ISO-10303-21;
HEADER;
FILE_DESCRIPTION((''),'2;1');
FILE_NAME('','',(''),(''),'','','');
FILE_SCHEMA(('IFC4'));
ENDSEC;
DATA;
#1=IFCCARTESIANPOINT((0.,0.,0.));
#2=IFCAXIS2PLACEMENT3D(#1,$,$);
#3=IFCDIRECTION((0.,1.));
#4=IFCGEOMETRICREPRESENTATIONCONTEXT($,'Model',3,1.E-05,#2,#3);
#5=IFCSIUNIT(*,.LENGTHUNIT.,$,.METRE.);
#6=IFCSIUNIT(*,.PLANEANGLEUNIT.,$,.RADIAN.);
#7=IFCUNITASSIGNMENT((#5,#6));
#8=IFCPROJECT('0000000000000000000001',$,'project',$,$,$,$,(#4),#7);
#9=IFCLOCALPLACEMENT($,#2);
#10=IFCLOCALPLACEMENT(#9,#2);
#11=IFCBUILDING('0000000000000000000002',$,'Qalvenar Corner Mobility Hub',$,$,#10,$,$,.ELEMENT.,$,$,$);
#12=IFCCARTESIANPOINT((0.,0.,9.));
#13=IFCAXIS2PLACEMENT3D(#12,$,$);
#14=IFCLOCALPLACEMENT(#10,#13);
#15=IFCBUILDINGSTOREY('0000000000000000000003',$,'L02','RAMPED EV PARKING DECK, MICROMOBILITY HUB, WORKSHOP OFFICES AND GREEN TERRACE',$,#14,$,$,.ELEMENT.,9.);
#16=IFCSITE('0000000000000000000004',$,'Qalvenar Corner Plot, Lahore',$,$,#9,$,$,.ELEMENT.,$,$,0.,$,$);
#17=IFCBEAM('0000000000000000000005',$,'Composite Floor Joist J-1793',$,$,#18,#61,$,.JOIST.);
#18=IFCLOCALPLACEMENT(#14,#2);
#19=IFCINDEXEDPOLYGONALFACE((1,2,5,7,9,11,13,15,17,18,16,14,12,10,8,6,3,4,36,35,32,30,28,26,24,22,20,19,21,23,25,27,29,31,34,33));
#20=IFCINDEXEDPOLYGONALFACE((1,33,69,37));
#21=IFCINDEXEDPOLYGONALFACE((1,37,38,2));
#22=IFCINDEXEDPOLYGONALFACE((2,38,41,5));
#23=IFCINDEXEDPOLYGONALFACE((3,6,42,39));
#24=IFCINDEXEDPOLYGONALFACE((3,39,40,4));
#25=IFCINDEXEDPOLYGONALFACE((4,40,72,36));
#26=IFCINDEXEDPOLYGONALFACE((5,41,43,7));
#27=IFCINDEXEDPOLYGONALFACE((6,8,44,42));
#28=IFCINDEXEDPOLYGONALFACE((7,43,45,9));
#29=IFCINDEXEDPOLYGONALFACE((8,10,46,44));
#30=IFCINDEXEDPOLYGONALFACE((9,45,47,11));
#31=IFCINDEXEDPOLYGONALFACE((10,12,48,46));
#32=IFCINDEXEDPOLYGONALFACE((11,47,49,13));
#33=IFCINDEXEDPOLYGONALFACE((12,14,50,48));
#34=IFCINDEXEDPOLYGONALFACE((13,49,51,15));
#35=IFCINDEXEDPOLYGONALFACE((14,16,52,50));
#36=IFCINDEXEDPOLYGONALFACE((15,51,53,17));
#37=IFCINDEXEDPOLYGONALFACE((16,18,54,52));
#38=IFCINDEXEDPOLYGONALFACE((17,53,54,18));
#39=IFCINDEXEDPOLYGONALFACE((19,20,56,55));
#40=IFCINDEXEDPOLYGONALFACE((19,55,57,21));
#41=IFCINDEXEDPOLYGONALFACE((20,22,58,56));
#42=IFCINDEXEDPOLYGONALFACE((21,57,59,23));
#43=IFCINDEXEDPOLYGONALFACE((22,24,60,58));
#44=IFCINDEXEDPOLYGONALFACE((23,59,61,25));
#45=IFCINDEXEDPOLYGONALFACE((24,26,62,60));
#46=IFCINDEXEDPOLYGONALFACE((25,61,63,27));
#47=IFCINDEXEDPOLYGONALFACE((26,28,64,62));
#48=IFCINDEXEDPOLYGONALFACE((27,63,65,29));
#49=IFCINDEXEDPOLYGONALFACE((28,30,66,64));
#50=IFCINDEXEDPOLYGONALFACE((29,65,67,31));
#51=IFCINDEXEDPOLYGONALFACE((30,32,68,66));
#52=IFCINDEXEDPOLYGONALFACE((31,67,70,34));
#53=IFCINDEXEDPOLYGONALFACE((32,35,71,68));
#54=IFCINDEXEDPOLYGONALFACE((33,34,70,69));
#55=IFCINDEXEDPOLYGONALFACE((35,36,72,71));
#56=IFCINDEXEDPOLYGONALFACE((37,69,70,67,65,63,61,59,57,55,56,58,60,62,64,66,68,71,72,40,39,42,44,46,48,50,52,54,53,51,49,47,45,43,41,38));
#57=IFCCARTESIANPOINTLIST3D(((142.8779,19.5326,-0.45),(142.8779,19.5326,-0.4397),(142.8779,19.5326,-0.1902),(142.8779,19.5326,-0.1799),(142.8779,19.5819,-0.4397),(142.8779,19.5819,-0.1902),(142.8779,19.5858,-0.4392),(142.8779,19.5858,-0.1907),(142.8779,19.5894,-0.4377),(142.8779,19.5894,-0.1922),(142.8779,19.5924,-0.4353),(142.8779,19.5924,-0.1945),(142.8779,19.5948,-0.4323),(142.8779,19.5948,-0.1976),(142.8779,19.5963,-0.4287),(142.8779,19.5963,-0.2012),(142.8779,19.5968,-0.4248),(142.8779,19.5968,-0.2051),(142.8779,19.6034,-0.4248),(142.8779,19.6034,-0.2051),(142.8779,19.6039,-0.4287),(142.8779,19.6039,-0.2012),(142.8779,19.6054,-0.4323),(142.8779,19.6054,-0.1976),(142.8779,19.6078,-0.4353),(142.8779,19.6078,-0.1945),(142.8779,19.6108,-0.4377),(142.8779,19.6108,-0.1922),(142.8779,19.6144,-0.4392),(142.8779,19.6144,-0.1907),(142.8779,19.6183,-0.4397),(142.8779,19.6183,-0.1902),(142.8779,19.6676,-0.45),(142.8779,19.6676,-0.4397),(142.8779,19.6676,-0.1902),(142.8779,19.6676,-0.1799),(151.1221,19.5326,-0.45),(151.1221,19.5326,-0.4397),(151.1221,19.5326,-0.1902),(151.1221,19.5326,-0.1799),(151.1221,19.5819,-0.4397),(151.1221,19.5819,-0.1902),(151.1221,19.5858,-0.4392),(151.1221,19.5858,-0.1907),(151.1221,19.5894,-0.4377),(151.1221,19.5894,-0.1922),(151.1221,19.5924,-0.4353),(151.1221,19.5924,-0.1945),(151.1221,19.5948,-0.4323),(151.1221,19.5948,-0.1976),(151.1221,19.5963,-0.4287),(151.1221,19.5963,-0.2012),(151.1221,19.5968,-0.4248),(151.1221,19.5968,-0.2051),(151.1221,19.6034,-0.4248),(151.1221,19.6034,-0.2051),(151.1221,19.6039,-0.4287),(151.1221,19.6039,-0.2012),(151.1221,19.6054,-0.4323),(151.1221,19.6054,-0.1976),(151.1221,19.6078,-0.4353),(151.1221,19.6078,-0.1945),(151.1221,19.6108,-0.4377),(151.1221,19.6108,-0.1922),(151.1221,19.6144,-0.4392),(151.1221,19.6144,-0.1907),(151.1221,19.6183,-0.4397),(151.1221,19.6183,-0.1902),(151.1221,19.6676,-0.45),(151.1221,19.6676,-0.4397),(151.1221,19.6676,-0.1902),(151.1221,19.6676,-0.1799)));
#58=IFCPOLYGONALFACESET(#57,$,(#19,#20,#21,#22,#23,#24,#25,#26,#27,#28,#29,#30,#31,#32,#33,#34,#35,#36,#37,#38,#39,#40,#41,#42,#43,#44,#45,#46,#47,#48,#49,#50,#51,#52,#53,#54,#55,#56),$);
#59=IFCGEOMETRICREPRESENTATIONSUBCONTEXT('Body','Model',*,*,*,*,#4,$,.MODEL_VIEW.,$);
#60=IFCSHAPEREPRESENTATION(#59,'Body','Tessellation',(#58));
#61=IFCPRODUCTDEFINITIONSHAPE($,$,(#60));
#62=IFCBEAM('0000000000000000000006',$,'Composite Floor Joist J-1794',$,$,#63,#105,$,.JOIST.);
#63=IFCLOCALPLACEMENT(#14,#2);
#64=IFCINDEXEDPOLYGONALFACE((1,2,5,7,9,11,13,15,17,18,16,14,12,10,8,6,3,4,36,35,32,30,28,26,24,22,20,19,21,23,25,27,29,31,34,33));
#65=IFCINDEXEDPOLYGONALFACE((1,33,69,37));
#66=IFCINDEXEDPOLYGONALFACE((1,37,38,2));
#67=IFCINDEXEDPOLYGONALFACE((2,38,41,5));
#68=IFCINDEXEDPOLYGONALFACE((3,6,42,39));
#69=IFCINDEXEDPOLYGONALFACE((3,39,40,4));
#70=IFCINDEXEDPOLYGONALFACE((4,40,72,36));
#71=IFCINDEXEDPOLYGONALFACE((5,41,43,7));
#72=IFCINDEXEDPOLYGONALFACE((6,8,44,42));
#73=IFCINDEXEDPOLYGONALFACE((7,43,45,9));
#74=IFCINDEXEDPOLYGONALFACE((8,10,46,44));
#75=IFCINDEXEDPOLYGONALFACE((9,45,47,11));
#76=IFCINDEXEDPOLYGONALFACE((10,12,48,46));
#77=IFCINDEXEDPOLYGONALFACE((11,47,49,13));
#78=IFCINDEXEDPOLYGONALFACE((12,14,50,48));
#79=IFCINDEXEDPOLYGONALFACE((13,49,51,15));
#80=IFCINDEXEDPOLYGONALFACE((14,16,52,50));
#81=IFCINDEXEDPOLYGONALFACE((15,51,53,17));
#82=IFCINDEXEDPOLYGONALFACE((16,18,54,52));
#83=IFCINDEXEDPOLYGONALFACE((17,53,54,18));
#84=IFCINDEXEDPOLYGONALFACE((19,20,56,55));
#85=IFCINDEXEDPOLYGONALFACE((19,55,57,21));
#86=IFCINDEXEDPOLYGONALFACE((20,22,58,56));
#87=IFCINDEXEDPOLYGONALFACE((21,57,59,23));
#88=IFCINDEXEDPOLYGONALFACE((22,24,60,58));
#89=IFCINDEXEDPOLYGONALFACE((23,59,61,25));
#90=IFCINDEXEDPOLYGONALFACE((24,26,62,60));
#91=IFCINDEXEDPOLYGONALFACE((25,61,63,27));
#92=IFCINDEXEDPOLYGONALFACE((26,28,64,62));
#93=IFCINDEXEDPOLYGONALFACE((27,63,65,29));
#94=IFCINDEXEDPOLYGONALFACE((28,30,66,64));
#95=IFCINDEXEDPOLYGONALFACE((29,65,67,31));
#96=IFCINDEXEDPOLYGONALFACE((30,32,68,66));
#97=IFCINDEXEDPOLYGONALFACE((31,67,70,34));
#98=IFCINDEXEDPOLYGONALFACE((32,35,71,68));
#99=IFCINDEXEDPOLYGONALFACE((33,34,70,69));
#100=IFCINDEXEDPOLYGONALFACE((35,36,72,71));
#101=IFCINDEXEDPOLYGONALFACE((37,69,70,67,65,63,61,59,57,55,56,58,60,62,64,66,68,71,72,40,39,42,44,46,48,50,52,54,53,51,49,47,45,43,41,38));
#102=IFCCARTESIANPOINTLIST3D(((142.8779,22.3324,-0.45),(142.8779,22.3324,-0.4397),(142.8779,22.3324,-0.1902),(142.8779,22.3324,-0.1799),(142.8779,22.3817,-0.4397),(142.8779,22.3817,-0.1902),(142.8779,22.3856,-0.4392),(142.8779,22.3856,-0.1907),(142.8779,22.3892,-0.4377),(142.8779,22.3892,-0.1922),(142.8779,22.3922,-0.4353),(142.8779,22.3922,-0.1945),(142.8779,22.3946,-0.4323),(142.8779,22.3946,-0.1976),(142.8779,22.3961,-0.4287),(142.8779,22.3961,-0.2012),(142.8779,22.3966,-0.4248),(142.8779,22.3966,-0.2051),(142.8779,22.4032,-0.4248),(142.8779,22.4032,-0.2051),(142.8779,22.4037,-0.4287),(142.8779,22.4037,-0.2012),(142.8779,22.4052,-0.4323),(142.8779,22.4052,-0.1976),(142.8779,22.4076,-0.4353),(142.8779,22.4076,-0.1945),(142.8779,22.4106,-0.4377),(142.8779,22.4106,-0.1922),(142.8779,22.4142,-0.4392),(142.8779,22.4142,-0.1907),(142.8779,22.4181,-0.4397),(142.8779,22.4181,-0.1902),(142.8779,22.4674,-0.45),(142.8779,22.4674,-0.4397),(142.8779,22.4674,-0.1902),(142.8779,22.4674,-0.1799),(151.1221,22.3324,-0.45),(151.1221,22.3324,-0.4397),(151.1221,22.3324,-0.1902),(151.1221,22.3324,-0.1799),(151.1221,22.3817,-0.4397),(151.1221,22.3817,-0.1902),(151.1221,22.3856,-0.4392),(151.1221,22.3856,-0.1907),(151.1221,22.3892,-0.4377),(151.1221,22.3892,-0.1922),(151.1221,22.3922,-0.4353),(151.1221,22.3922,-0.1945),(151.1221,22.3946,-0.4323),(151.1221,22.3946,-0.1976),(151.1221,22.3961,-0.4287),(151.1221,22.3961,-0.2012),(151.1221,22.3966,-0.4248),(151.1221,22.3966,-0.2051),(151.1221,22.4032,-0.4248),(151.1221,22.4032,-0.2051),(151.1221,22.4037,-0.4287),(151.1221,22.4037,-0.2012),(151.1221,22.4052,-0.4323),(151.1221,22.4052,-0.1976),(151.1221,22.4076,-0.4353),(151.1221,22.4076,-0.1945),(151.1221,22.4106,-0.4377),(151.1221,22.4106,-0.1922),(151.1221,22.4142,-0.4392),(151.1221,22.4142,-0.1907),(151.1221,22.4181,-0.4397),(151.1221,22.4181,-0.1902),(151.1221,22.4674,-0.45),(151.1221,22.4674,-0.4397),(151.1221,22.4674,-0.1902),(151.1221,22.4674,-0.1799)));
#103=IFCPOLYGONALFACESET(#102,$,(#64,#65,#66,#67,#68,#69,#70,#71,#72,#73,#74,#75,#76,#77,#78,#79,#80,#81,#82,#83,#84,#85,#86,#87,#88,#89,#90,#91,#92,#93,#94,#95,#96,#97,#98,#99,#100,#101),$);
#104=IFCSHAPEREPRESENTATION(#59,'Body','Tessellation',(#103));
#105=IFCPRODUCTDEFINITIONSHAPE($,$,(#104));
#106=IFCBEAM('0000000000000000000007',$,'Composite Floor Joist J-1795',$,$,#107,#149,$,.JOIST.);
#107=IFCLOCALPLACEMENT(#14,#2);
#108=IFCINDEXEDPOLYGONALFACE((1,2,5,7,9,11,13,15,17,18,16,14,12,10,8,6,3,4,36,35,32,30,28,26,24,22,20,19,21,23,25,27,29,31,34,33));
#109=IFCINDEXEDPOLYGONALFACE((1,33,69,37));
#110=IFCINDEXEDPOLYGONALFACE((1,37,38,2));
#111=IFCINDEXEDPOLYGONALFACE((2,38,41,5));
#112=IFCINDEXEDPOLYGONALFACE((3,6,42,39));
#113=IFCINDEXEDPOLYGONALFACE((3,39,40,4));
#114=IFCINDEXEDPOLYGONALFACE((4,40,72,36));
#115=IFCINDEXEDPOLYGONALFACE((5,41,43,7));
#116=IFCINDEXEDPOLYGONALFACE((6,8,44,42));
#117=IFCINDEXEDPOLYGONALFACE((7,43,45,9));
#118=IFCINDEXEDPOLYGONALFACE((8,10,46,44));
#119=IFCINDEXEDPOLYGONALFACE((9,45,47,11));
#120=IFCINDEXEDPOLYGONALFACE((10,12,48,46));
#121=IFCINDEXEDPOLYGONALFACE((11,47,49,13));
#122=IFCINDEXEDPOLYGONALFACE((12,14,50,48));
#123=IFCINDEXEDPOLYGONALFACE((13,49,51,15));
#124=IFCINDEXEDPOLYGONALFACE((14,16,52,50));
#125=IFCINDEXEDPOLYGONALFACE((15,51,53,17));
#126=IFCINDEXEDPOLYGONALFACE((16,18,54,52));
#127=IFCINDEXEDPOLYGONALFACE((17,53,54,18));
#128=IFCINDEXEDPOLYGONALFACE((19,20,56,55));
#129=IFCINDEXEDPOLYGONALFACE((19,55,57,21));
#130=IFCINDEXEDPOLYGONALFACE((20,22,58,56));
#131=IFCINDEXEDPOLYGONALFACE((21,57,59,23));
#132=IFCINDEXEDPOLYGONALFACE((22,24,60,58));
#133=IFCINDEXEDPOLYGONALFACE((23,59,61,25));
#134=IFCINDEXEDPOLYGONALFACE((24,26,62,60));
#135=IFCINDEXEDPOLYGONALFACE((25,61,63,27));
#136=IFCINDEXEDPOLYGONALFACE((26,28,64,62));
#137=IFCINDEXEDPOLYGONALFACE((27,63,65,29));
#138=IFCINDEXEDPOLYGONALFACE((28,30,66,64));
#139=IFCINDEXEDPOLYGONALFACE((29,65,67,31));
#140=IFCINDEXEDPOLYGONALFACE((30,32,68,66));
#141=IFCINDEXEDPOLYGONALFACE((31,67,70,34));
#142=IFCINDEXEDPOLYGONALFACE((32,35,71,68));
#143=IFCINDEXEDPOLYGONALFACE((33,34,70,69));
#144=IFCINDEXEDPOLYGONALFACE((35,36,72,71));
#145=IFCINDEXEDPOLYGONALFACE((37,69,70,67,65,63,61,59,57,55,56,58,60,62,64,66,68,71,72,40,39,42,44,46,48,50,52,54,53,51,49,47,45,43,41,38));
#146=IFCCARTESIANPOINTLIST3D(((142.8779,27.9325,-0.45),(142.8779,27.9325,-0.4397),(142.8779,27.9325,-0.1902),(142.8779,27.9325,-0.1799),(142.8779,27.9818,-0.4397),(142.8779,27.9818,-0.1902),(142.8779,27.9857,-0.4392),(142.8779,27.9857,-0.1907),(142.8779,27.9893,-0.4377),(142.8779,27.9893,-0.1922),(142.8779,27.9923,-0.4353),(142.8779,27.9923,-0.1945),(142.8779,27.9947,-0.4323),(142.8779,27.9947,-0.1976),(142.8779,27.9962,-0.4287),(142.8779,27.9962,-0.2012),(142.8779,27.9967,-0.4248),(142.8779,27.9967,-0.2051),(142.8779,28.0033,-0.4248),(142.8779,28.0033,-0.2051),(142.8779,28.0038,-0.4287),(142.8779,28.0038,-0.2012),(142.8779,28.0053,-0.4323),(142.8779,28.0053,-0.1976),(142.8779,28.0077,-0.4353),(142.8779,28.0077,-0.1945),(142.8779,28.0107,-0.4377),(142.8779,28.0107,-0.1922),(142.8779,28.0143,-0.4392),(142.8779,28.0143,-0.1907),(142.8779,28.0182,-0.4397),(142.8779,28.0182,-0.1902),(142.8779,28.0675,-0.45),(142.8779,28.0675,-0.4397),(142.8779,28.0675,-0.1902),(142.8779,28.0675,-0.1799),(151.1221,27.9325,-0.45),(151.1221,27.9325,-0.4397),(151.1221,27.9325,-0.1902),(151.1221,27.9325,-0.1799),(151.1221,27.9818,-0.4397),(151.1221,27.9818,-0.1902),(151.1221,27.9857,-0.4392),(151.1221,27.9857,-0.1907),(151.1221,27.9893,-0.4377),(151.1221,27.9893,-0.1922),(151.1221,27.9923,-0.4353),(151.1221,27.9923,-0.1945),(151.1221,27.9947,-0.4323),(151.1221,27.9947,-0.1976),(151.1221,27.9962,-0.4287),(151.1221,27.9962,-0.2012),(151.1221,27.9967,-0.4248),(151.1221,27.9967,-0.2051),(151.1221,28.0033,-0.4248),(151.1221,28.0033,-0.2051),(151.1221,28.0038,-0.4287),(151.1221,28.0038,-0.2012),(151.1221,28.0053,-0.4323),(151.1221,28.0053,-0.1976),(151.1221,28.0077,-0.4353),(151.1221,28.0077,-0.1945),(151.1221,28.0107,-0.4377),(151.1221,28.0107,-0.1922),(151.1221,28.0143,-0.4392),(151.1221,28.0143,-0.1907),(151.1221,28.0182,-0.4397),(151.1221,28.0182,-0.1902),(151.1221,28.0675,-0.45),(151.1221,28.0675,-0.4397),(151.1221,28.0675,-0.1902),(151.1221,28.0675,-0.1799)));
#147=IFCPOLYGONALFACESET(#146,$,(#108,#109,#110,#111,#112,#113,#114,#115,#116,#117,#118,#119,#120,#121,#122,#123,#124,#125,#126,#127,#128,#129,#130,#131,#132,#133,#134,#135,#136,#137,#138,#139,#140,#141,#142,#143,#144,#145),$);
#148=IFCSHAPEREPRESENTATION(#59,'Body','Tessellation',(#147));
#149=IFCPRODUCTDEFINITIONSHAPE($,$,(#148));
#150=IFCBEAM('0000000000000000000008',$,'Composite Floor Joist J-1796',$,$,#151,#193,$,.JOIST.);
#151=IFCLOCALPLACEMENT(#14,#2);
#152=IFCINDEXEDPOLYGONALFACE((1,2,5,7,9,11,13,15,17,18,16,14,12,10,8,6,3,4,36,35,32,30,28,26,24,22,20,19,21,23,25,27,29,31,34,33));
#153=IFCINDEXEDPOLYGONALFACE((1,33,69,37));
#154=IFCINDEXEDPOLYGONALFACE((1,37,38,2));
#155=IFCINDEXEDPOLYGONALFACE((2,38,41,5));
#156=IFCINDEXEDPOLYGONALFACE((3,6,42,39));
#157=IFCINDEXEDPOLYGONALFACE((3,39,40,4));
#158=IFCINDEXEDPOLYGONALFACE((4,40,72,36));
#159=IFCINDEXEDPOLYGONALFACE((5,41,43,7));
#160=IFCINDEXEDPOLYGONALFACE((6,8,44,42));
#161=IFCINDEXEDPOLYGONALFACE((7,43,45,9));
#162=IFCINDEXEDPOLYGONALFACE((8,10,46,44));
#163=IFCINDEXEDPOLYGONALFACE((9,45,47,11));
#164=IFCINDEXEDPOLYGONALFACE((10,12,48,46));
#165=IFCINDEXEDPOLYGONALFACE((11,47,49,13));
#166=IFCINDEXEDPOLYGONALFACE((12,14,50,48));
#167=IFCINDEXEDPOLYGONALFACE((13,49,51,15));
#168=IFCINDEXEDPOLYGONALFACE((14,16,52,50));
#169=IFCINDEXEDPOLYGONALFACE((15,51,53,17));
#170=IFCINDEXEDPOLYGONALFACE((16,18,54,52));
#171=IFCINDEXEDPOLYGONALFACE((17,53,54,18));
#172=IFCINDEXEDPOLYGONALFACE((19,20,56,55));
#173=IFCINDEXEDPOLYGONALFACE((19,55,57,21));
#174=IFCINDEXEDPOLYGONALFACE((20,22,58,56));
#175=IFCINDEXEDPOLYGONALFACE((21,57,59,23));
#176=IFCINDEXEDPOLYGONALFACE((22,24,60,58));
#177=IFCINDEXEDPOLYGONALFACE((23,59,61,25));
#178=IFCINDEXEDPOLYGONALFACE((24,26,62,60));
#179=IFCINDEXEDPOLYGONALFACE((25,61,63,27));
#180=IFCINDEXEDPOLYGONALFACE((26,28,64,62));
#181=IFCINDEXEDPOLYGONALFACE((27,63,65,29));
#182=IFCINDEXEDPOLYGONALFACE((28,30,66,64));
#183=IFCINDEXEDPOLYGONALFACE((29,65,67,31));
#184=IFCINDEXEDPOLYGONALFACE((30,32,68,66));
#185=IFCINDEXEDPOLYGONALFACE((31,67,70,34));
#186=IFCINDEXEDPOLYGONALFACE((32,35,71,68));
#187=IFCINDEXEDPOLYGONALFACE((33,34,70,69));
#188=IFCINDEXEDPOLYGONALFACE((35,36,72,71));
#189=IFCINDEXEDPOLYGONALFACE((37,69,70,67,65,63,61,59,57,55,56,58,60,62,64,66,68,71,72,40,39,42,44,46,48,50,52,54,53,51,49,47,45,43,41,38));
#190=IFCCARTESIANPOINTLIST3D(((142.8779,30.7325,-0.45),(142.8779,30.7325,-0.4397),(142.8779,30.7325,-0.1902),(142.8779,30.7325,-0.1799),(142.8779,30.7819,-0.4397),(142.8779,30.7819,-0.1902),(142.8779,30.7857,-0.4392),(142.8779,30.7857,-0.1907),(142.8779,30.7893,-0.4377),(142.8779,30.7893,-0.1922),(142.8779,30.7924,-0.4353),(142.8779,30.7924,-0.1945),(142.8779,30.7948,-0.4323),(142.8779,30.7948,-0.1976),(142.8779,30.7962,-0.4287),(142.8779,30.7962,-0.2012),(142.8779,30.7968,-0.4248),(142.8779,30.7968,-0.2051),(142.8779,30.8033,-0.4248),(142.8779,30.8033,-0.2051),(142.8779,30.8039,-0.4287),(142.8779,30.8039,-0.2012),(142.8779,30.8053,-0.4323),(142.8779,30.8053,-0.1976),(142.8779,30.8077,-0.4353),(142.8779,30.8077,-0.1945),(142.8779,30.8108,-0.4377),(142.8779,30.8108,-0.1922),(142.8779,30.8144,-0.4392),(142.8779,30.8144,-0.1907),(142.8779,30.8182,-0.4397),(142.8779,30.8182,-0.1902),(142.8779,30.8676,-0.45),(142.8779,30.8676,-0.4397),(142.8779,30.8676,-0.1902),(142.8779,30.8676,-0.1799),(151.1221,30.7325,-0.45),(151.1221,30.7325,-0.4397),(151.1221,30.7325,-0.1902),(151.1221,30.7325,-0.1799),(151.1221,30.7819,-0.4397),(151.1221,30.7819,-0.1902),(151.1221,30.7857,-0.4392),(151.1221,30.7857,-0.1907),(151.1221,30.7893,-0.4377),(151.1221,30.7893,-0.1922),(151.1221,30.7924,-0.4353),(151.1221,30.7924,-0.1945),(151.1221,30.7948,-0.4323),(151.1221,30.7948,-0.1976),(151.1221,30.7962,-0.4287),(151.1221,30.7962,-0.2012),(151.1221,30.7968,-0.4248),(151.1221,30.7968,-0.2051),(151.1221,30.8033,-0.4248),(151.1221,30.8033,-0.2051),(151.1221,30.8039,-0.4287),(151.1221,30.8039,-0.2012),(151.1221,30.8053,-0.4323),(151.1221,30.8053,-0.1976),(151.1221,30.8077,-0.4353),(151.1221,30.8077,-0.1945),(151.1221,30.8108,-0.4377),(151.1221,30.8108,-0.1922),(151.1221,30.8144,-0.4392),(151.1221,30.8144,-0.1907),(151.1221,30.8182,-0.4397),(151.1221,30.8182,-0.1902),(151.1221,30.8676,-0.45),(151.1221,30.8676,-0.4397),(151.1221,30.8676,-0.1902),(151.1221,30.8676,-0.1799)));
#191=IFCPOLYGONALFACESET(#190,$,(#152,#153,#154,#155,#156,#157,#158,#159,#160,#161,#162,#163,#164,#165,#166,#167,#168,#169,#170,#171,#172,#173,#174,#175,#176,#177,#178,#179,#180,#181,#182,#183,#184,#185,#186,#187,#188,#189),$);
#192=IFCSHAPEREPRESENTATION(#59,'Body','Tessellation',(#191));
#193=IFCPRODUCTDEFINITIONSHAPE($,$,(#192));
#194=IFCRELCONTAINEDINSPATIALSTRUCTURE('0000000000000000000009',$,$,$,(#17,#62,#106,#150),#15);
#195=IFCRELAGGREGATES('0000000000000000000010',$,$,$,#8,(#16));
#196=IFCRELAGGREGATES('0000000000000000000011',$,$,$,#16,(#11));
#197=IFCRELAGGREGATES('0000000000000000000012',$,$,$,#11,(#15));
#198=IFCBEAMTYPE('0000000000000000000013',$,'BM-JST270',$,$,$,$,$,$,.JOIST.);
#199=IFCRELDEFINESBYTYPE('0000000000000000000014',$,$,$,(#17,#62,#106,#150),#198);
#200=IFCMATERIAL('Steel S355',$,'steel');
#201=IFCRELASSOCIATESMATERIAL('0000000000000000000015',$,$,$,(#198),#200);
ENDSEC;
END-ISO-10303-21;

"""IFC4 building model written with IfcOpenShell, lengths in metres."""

from ifc_helpers import new_model, si_unit, direction, frame, origin, origin_2d, place, context, subcontext, project, spatial, i_section, extrude, material, material_profile, profile_set, type_object, element, save


model = new_model("IFC4")

# Units and contexts
model_context = context("Model", 3, precision=1e-05, world=origin(), true_north=direction((0.0, 1.0)))
body_context = subcontext(model_context, "Body", "Model", "MODEL_VIEW")
ifc_project = project(units=[si_unit("LENGTHUNIT", "METRE"), si_unit("PLANEANGLEUNIT", "RADIAN")], contexts=[model_context])

# Site, building, storey
site_placement = place(None, origin())
site = spatial("IfcSite", under=ifc_project, at=site_placement, Name="Qalvenar Corner Plot, Lahore", CompositionType="ELEMENT", RefElevation=0.0)
building_placement = place(site_placement, origin())
building = spatial("IfcBuilding", under=site, at=building_placement, Name="Qalvenar Corner Mobility Hub", CompositionType="ELEMENT")
storey_placement = place(building_placement, frame((0.0, 0.0, 9.0)))
storey = spatial("IfcBuildingStorey", under=building, at=storey_placement, Name="L02", Description="RAMPED EV PARKING DECK, MICROMOBILITY HUB, WORKSHOP OFFICES AND GREEN TERRACE", CompositionType="ELEMENT", Elevation=9.0)

# Shared definitions
ifc_material_1 = material(Name="Steel S355", Category="steel")

# Beams
ifc_material_profile_1 = material_profile(ifc_material_1, i_section(OverallWidth=0.135, OverallDepth=0.27, WebThickness=0.0066, FlangeThickness=0.0103, FilletRadius=0.0149, at=origin_2d()), Name="IPE270")
ifc_profile_set_1 = profile_set([ifc_material_profile_1], Name="Steel S355")
beam_type_1 = type_object("IfcBeamType", Name="BM-JST270", PredefinedType="JOIST", material=ifc_profile_set_1)
for number, where, z_axis, x_axis, name in (
    (1, (142.8779, 19.6001, -0.3149), (1.0, 0.0, 0.0), (0.0, 1.0, 0.0), "Composite Floor Joist J-1793"),
    (2, (142.8779, 22.3999, -0.3149), (1.0, 0.0, 0.0), (0.0, 1.0, 0.0), "Composite Floor Joist J-1794"),
    (3, (142.8779, 28.0, -0.3149), (1.0, 0.0, 0.0), (0.0, 1.0, 0.0), "Composite Floor Joist J-1795"),
    (4, (142.8779, 30.8, -0.3149), (1.0, 0.0, 0.0), (0.0, 1.0, 0.0), "Composite Floor Joist J-1796"),
):
    element("IfcBeam", number, at=place(storey_placement, frame(where, z_axis=z_axis, x_axis=x_axis)), inside=storey, type_object=beam_type_1, Name=name, PredefinedType="JOIST", context=body_context, shape_type="SweptSolid", body=[
        extrude(i_section(OverallWidth=0.135, OverallDepth=0.27, WebThickness=0.0066, FlangeThickness=0.0103, FilletRadius=0.0149, at=origin_2d()), origin(), (0.0, 0.0, 1.0), 8.2441),
    ])

save(model, "model.ifc")
